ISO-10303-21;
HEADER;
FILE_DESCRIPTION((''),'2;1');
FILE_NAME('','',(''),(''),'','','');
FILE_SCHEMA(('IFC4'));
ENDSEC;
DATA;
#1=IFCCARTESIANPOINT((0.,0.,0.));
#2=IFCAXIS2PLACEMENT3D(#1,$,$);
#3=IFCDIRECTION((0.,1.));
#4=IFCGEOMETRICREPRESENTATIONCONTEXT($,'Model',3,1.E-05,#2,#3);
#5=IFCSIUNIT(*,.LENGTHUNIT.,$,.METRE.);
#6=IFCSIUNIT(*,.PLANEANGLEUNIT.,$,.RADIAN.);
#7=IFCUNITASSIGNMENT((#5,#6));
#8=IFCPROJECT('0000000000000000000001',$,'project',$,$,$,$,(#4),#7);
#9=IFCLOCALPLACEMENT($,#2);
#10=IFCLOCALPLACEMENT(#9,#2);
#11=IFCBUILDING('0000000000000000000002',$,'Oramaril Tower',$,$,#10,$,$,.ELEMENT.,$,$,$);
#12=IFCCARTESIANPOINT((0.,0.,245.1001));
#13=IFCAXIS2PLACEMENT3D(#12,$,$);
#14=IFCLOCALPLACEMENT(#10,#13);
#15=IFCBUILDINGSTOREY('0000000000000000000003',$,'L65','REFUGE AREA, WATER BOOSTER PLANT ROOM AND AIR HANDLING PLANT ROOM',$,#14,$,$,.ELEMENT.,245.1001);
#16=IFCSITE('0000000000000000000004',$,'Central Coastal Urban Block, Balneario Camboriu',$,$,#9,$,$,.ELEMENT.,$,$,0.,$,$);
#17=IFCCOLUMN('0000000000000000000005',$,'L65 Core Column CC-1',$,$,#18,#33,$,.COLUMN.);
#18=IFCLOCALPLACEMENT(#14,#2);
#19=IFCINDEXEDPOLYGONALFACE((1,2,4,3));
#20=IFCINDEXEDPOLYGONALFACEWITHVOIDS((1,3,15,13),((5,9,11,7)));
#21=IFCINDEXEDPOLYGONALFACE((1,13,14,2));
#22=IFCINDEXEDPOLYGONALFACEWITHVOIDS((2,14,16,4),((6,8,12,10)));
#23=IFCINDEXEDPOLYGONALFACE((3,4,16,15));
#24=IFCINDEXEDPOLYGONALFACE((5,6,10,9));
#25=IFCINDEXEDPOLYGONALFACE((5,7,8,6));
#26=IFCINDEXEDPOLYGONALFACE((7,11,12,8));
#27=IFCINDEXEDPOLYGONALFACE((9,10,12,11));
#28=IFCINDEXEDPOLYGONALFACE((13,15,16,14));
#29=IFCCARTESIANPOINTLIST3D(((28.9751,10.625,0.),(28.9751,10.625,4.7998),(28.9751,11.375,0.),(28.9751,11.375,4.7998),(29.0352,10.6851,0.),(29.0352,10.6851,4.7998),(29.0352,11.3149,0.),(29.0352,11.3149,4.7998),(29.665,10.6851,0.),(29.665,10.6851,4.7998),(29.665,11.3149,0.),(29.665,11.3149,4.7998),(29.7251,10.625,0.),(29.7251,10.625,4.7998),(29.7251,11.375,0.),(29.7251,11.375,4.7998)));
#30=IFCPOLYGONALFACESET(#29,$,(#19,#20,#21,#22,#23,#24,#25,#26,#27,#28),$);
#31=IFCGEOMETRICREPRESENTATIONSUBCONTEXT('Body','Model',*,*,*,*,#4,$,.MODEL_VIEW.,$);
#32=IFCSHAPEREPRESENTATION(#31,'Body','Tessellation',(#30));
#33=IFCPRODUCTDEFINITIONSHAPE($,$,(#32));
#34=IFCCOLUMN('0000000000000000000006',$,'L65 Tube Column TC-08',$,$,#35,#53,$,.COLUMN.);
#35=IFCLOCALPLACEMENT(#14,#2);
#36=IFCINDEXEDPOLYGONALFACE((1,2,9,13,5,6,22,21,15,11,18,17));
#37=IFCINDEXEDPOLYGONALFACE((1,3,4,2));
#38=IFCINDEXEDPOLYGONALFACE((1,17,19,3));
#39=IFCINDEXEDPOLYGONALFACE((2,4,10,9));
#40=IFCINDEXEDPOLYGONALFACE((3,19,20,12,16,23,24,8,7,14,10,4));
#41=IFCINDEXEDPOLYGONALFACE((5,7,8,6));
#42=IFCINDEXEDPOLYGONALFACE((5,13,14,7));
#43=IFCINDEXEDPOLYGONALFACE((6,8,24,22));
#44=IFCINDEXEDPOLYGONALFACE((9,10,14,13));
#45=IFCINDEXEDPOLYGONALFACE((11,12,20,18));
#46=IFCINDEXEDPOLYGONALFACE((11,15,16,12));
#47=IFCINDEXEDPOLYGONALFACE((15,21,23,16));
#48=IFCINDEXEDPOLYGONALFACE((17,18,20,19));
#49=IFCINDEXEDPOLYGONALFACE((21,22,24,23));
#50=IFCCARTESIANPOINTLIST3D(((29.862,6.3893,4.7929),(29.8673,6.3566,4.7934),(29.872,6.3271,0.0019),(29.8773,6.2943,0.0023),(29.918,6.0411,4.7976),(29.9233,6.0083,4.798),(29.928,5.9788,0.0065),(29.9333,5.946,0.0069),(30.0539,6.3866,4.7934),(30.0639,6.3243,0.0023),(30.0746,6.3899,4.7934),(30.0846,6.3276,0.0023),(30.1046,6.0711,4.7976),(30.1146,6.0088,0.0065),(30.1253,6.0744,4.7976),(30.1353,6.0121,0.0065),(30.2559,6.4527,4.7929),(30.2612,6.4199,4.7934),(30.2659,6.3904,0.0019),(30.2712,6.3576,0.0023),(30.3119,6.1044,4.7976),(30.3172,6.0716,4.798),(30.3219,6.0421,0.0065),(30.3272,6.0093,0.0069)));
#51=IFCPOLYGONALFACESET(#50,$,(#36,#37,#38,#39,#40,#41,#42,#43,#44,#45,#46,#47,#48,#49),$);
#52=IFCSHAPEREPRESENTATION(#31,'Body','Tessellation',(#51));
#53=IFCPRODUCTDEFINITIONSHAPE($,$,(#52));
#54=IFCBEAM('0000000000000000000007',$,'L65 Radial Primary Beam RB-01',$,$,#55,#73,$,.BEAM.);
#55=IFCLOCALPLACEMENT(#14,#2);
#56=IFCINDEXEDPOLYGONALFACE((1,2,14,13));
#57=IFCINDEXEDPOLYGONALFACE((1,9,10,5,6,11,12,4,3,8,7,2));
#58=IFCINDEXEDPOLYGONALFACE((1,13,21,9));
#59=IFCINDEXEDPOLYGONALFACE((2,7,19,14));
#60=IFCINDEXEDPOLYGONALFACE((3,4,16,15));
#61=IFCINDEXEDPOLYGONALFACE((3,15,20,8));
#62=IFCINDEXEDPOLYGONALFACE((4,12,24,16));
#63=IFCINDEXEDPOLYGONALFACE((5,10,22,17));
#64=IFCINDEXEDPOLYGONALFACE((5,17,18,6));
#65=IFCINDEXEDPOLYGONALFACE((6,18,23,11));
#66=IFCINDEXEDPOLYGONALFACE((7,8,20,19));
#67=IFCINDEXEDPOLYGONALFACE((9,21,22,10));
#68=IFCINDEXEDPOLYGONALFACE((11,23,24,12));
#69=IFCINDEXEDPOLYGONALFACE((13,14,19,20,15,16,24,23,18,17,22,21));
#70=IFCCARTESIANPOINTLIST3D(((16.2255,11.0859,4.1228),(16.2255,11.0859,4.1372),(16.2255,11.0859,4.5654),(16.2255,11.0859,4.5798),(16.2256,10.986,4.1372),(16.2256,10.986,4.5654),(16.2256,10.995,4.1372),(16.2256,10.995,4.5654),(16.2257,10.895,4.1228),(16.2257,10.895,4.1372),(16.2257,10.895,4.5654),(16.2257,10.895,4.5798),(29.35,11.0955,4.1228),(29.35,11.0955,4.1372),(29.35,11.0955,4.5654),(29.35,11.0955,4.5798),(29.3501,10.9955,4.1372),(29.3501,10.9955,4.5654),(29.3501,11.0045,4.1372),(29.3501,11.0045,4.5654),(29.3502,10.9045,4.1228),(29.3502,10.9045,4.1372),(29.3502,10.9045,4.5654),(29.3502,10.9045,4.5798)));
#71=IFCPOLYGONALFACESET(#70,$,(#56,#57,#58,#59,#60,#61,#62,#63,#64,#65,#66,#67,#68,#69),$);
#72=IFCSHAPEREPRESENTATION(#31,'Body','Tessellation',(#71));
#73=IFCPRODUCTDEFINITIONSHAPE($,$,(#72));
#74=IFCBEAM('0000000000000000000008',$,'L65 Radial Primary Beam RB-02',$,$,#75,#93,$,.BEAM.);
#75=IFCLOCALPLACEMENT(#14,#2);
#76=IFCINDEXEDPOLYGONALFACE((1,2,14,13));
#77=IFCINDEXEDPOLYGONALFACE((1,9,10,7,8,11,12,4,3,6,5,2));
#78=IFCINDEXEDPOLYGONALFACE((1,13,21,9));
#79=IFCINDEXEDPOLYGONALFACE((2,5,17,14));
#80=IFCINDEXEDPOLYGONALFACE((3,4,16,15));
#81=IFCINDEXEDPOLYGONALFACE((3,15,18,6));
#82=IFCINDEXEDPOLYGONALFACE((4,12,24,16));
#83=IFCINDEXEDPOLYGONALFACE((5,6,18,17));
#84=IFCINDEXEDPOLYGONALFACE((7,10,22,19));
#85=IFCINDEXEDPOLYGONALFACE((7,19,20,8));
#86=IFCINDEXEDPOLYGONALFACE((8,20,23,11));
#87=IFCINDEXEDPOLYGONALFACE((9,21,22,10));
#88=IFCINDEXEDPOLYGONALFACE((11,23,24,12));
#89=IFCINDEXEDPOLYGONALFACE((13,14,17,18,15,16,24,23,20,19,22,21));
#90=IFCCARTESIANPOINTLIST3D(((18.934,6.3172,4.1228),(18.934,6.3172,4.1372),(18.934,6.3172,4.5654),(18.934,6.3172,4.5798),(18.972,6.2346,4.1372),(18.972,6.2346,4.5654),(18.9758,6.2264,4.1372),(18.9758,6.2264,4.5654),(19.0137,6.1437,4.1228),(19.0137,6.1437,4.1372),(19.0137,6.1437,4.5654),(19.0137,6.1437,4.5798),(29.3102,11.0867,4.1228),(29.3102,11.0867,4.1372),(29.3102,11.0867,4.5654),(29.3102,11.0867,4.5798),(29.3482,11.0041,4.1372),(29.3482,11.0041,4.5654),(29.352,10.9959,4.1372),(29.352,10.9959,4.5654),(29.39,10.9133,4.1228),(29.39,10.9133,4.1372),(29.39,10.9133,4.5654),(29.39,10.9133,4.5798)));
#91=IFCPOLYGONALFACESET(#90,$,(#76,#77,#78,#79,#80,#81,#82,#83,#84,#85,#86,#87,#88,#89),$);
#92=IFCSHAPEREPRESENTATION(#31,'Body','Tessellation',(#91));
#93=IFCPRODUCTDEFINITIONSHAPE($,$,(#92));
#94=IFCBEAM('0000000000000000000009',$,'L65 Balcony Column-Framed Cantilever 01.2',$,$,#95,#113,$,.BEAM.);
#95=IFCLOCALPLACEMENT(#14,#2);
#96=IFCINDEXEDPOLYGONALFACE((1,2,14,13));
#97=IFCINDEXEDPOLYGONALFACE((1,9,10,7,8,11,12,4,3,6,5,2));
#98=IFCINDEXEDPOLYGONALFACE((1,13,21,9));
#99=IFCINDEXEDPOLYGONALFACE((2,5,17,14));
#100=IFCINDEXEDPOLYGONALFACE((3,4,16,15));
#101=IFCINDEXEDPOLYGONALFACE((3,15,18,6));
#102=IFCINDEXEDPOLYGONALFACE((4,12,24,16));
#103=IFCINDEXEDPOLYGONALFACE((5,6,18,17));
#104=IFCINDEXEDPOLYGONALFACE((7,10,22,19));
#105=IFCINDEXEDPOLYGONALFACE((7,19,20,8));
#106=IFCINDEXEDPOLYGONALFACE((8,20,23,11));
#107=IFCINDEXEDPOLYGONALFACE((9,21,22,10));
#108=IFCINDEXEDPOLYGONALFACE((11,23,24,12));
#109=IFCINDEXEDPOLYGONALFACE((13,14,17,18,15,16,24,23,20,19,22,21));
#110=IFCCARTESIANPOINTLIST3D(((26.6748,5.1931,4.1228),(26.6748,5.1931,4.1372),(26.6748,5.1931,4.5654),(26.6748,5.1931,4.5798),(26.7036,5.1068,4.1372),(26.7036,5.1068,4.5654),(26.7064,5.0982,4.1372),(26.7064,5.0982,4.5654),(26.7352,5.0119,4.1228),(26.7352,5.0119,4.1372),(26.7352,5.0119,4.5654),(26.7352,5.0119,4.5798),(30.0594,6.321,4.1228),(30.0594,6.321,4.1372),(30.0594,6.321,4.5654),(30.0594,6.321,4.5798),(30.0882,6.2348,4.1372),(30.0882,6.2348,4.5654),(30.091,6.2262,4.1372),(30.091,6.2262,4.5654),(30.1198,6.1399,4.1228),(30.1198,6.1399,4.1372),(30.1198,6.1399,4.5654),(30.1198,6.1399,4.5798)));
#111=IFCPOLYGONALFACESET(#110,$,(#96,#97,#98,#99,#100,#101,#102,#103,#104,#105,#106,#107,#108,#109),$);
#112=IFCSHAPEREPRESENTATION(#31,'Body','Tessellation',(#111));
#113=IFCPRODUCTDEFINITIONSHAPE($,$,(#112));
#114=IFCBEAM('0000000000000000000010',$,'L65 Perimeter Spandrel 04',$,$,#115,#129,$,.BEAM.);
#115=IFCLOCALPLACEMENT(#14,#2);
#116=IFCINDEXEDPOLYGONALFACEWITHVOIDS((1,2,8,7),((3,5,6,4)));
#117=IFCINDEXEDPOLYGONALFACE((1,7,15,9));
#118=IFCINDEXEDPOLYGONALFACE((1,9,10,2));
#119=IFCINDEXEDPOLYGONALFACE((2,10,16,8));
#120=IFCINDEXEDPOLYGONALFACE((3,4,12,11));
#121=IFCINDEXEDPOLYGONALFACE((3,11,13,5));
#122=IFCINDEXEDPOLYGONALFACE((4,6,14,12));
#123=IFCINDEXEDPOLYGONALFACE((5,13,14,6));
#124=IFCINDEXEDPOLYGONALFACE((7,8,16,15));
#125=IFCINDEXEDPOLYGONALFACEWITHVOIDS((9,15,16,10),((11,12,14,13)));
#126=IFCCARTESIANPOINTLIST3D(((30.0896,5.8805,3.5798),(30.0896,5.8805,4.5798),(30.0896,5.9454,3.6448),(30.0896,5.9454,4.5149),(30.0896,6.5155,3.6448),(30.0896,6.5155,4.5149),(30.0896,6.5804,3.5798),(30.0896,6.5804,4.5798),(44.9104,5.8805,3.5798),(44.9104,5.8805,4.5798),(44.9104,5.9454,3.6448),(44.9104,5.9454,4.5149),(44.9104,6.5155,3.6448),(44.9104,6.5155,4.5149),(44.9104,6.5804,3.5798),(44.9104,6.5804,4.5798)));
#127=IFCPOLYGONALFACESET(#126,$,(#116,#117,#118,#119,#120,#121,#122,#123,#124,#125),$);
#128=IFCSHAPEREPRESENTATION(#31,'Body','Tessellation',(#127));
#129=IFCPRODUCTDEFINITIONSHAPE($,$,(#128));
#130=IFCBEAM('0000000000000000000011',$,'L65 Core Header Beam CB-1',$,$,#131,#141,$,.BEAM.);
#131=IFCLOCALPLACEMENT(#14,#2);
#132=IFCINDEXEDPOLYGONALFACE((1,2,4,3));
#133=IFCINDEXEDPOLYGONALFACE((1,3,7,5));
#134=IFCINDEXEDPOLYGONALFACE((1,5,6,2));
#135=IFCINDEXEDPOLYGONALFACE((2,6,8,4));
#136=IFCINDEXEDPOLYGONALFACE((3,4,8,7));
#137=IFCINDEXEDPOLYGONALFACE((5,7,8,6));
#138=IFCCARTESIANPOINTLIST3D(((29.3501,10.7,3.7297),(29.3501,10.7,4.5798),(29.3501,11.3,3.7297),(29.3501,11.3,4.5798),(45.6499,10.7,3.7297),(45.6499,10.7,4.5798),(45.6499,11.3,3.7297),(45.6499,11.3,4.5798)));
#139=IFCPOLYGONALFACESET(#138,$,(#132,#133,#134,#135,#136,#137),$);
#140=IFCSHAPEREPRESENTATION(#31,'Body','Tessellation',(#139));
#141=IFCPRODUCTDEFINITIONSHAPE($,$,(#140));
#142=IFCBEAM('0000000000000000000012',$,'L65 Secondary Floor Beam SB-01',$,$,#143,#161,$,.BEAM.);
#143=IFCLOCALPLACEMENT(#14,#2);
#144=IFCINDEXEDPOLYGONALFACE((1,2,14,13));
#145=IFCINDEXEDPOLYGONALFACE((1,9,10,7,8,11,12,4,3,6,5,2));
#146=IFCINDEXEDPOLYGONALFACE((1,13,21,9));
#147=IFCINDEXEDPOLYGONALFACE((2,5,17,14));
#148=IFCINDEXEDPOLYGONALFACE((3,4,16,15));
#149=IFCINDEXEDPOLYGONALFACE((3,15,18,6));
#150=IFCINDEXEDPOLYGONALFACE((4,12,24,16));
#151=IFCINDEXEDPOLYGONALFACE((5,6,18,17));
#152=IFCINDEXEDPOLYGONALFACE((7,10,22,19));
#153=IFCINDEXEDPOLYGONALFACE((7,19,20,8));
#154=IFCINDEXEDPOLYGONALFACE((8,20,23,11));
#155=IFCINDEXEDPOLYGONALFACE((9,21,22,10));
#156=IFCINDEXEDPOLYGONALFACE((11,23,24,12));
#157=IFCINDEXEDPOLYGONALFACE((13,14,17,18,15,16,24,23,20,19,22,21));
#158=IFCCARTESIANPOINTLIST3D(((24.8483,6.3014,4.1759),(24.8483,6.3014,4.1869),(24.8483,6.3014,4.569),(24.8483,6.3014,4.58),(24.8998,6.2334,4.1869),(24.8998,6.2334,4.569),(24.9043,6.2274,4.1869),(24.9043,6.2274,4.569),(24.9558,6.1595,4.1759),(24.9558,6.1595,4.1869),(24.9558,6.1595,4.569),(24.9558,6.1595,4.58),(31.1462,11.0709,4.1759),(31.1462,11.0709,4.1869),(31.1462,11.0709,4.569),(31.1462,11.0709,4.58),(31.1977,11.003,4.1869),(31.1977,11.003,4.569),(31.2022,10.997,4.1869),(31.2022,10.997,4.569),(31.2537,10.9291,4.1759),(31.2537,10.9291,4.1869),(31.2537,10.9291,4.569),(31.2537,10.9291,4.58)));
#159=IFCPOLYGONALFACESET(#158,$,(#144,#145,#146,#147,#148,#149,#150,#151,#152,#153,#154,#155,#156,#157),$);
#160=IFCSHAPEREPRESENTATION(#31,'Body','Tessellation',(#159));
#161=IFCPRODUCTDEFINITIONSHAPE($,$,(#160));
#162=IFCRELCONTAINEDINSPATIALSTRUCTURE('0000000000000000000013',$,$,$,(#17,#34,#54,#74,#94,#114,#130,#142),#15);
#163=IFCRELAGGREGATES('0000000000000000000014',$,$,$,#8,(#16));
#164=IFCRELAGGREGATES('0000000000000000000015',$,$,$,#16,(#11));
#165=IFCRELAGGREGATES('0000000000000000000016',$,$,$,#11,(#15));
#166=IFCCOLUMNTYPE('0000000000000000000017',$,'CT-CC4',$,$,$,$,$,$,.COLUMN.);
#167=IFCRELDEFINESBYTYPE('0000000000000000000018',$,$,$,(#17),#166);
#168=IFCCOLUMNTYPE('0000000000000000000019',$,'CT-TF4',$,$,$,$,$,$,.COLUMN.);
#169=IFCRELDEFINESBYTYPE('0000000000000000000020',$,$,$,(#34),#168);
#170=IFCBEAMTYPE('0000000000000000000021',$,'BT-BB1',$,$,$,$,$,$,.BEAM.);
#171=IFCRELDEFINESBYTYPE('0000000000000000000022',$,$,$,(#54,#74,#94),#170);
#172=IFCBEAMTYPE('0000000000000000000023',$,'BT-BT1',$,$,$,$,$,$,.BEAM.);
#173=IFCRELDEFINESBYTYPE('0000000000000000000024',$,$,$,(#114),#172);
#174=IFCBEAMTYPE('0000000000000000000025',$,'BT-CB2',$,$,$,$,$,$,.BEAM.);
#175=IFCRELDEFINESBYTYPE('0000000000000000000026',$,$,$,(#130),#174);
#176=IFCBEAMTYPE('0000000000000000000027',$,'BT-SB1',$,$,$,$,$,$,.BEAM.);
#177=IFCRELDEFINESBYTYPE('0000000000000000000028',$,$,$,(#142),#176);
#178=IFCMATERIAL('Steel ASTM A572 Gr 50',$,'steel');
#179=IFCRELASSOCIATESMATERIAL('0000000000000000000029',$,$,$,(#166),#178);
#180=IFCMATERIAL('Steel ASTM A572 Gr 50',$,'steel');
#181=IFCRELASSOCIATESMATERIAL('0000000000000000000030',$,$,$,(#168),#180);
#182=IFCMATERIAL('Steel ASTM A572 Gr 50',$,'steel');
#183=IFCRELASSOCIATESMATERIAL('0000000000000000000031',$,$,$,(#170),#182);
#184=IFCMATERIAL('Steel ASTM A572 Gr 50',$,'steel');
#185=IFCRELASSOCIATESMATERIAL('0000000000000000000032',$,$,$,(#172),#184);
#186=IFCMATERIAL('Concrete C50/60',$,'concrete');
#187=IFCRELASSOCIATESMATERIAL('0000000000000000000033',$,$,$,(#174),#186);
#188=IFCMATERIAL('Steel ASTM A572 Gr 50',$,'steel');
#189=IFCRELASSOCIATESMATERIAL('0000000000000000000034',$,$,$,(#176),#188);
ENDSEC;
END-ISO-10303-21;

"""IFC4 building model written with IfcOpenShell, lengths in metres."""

from ifc_helpers import new_model, si_unit, direction, frame, origin, origin_2d, place, context, subcontext, project, spatial, rectangle, hollow_rectangle, i_section, extrude, material, material_profile, profile_set, type_object, element, save


model = new_model("IFC4")

# Units and contexts
model_context = context("Model", 3, precision=1e-05, world=origin(), true_north=direction((0.0, 1.0)))
body_context = subcontext(model_context, "Body", "Model", "MODEL_VIEW")
ifc_project = project(units=[si_unit("LENGTHUNIT", "METRE"), si_unit("PLANEANGLEUNIT", "RADIAN")], contexts=[model_context])

# Site, building, storey
site_placement = place(None, origin())
site = spatial("IfcSite", under=ifc_project, at=site_placement, Name="Central Coastal Urban Block, Balneario Camboriu", CompositionType="ELEMENT", RefElevation=0.0)
building_placement = place(site_placement, origin())
building = spatial("IfcBuilding", under=site, at=building_placement, Name="Oramaril Tower", CompositionType="ELEMENT")
storey_placement = place(building_placement, frame((0.0, 0.0, 245.1001)))
storey = spatial("IfcBuildingStorey", under=building, at=storey_placement, Name="L65", Description="REFUGE AREA, WATER BOOSTER PLANT ROOM AND AIR HANDLING PLANT ROOM", CompositionType="ELEMENT", Elevation=245.1001)

# Columns
ifc_material_1 = material(Name="Steel ASTM A572 Gr 50", Category="steel")
ifc_material_profile_1 = material_profile(ifc_material_1, hollow_rectangle(XDim=0.75, YDim=0.75, WallThickness=0.0601, at=origin_2d()), Name="BOX750X750X60")
ifc_profile_set_1 = profile_set([ifc_material_profile_1], Name="Steel ASTM A572 Gr 50")
column_type_1 = type_object("IfcColumnType", Name="CT-CC4", PredefinedType="COLUMN", material=ifc_profile_set_1)
column_1_placement = place(storey_placement, frame((29.3501, 11.0, 0.0), z_axis=(0.0, 0.0, 1.0), x_axis=(1.0, 0.0, 0.0)))
element("IfcColumn", 1, at=column_1_placement, inside=storey, type_object=column_type_1, Name="L65 Core Column CC-1", PredefinedType="COLUMN", context=body_context, shape_type="SweptSolid", body=[
    extrude(hollow_rectangle(XDim=0.75, YDim=0.75, WallThickness=0.0601, at=origin_2d()), origin(), (0.0, 0.0, 1.0), 4.7998),
])
ifc_material_2 = material(Name="Steel ASTM A572 Gr 50", Category="steel")
ifc_material_profile_2 = material_profile(ifc_material_2, i_section(OverallWidth=0.3989, OverallDepth=0.386, WebThickness=0.021, FlangeThickness=0.0332, at=origin_2d()), Name="W14X176")
ifc_profile_set_2 = profile_set([ifc_material_profile_2], Name="Steel ASTM A572 Gr 50")
column_type_2 = type_object("IfcColumnType", Name="CT-TF4", PredefinedType="COLUMN", material=ifc_profile_set_2)
column_2_placement = place(storey_placement, frame((30.0996, 6.1682, 0.0044), z_axis=(-0.002089, 0.012993, 0.999913), x_axis=(-0.98732, -0.158745, 0.0)))
element("IfcColumn", 2, at=column_2_placement, inside=storey, type_object=column_type_2, Name="L65 Tube Column TC-08", PredefinedType="COLUMN", context=body_context, shape_type="SweptSolid", body=[
    extrude(i_section(OverallWidth=0.3989, OverallDepth=0.386, WebThickness=0.021, FlangeThickness=0.0332, at=origin_2d()), origin(), (0.0, 0.0, 1.0), 4.7915),
])

# Beams
ifc_material_3 = material(Name="Steel ASTM A572 Gr 50", Category="steel")
ifc_material_profile_3 = material_profile(ifc_material_3, i_section(OverallWidth=0.1909, OverallDepth=0.457, WebThickness=0.009, FlangeThickness=0.0144, at=origin_2d()), Name="W18X50")
ifc_profile_set_3 = profile_set([ifc_material_profile_3], Name="Steel ASTM A572 Gr 50")
beam_type_1 = type_object("IfcBeamType", Name="BT-BB1", PredefinedType="BEAM", material=ifc_profile_set_3)
beam_1_placement = place(storey_placement, frame((29.3501, 11.0, 4.3513), z_axis=(-1.0, -0.000725, 0.0), x_axis=(0.000725, -1.0, 0.0)))
element("IfcBeam", 3, at=beam_1_placement, inside=storey, type_object=beam_type_1, Name="L65 Radial Primary Beam RB-01", PredefinedType="BEAM", context=body_context, shape_type="SweptSolid", body=[
    extrude(i_section(OverallWidth=0.1909, OverallDepth=0.457, WebThickness=0.009, FlangeThickness=0.0144, at=origin_2d()), origin(), (0.0, 0.0, 1.0), 13.1245),
])
beam_2_placement = place(storey_placement, frame((29.3501, 11.0, 4.3513), z_axis=(-0.908608, -0.41765, 0.0), x_axis=(0.41765, -0.908608, 0.0)))
element("IfcBeam", 4, at=beam_2_placement, inside=storey, type_object=beam_type_1, Name="L65 Radial Primary Beam RB-02", PredefinedType="BEAM", context=body_context, shape_type="SweptSolid", body=[
    extrude(i_section(OverallWidth=0.1909, OverallDepth=0.457, WebThickness=0.009, FlangeThickness=0.0144, at=origin_2d()), origin(), (0.0, 0.0, 1.0), 11.4199),
])
beam_3_placement = place(storey_placement, frame((30.0896, 6.2305, 4.3513), z_axis=(-0.948704, -0.316166, 0.0), x_axis=(0.316166, -0.948704, 0.0)))
element("IfcBeam", 5, at=beam_3_placement, inside=storey, type_object=beam_type_1, Name="L65 Balcony Column-Framed Cantilever 01.2", PredefinedType="BEAM", context=body_context, shape_type="SweptSolid", body=[
    extrude(i_section(OverallWidth=0.1909, OverallDepth=0.457, WebThickness=0.009, FlangeThickness=0.0144, at=origin_2d()), origin(), (0.0, 0.0, 1.0), 3.5676),
])
ifc_material_4 = material(Name="Steel ASTM A572 Gr 50", Category="steel")
ifc_material_profile_4 = material_profile(ifc_material_4, hollow_rectangle(XDim=0.7, YDim=1.0, WallThickness=0.0649, at=origin_2d()), Name="BOX1000X700X65")
ifc_profile_set_4 = profile_set([ifc_material_profile_4], Name="Steel ASTM A572 Gr 50")
beam_type_2 = type_object("IfcBeamType", Name="BT-BT1", PredefinedType="BEAM", material=ifc_profile_set_4)
beam_4_placement = place(storey_placement, frame((30.0896, 6.2305, 4.0798), z_axis=(1.0, 0.0, 0.0), x_axis=(0.0, 1.0, 0.0)))
element("IfcBeam", 6, at=beam_4_placement, inside=storey, type_object=beam_type_2, Name="L65 Perimeter Spandrel 04", PredefinedType="BEAM", context=body_context, shape_type="SweptSolid", body=[
    extrude(hollow_rectangle(XDim=0.7, YDim=1.0, WallThickness=0.0649, at=origin_2d()), origin(), (0.0, 0.0, 1.0), 14.8208),
])
ifc_material_5 = material(Name="Concrete C50/60", Category="concrete")
ifc_material_profile_5 = material_profile(ifc_material_5, rectangle(XDim=0.6001, YDim=0.8501, at=origin_2d()), Name="CB600X850")
ifc_profile_set_5 = profile_set([ifc_material_profile_5], Name="Concrete C50/60")
beam_type_3 = type_object("IfcBeamType", Name="BT-CB2", PredefinedType="BEAM", material=ifc_profile_set_5)
beam_5_placement = place(storey_placement, frame((29.3501, 11.0, 4.1548), z_axis=(1.0, 0.0, 0.0), x_axis=(0.0, 1.0, 0.0)))
element("IfcBeam", 7, at=beam_5_placement, inside=storey, type_object=beam_type_3, Name="L65 Core Header Beam CB-1", PredefinedType="BEAM", context=body_context, shape_type="SweptSolid", body=[
    extrude(rectangle(XDim=0.6001, YDim=0.8501, at=origin_2d()), origin(), (0.0, 0.0, 1.0), 16.2998),
])
ifc_material_6 = material(Name="Steel ASTM A572 Gr 50", Category="steel")
ifc_material_profile_6 = material_profile(ifc_material_6, i_section(OverallWidth=0.178, OverallDepth=0.4041, WebThickness=0.0076, FlangeThickness=0.011, at=origin_2d()), Name="W16X36")
ifc_profile_set_6 = profile_set([ifc_material_profile_6], Name="Steel ASTM A572 Gr 50")
beam_type_4 = type_object("IfcBeamType", Name="BT-SB1", PredefinedType="BEAM", material=ifc_profile_set_6)
beam_6_placement = place(storey_placement, frame((31.2, 11.0, 4.3779), z_axis=(-0.797188, -0.603732, 0.0), x_axis=(0.603732, -0.797188, 0.0)))
element("IfcBeam", 8, at=beam_6_placement, inside=storey, type_object=beam_type_4, Name="L65 Secondary Floor Beam SB-01", PredefinedType="BEAM", context=body_context, shape_type="SweptSolid", body=[
    extrude(i_section(OverallWidth=0.178, OverallDepth=0.4041, WebThickness=0.0076, FlangeThickness=0.011, at=origin_2d()), origin(), (0.0, 0.0, 1.0), 7.9001),
])

save(model, "model.ifc")
